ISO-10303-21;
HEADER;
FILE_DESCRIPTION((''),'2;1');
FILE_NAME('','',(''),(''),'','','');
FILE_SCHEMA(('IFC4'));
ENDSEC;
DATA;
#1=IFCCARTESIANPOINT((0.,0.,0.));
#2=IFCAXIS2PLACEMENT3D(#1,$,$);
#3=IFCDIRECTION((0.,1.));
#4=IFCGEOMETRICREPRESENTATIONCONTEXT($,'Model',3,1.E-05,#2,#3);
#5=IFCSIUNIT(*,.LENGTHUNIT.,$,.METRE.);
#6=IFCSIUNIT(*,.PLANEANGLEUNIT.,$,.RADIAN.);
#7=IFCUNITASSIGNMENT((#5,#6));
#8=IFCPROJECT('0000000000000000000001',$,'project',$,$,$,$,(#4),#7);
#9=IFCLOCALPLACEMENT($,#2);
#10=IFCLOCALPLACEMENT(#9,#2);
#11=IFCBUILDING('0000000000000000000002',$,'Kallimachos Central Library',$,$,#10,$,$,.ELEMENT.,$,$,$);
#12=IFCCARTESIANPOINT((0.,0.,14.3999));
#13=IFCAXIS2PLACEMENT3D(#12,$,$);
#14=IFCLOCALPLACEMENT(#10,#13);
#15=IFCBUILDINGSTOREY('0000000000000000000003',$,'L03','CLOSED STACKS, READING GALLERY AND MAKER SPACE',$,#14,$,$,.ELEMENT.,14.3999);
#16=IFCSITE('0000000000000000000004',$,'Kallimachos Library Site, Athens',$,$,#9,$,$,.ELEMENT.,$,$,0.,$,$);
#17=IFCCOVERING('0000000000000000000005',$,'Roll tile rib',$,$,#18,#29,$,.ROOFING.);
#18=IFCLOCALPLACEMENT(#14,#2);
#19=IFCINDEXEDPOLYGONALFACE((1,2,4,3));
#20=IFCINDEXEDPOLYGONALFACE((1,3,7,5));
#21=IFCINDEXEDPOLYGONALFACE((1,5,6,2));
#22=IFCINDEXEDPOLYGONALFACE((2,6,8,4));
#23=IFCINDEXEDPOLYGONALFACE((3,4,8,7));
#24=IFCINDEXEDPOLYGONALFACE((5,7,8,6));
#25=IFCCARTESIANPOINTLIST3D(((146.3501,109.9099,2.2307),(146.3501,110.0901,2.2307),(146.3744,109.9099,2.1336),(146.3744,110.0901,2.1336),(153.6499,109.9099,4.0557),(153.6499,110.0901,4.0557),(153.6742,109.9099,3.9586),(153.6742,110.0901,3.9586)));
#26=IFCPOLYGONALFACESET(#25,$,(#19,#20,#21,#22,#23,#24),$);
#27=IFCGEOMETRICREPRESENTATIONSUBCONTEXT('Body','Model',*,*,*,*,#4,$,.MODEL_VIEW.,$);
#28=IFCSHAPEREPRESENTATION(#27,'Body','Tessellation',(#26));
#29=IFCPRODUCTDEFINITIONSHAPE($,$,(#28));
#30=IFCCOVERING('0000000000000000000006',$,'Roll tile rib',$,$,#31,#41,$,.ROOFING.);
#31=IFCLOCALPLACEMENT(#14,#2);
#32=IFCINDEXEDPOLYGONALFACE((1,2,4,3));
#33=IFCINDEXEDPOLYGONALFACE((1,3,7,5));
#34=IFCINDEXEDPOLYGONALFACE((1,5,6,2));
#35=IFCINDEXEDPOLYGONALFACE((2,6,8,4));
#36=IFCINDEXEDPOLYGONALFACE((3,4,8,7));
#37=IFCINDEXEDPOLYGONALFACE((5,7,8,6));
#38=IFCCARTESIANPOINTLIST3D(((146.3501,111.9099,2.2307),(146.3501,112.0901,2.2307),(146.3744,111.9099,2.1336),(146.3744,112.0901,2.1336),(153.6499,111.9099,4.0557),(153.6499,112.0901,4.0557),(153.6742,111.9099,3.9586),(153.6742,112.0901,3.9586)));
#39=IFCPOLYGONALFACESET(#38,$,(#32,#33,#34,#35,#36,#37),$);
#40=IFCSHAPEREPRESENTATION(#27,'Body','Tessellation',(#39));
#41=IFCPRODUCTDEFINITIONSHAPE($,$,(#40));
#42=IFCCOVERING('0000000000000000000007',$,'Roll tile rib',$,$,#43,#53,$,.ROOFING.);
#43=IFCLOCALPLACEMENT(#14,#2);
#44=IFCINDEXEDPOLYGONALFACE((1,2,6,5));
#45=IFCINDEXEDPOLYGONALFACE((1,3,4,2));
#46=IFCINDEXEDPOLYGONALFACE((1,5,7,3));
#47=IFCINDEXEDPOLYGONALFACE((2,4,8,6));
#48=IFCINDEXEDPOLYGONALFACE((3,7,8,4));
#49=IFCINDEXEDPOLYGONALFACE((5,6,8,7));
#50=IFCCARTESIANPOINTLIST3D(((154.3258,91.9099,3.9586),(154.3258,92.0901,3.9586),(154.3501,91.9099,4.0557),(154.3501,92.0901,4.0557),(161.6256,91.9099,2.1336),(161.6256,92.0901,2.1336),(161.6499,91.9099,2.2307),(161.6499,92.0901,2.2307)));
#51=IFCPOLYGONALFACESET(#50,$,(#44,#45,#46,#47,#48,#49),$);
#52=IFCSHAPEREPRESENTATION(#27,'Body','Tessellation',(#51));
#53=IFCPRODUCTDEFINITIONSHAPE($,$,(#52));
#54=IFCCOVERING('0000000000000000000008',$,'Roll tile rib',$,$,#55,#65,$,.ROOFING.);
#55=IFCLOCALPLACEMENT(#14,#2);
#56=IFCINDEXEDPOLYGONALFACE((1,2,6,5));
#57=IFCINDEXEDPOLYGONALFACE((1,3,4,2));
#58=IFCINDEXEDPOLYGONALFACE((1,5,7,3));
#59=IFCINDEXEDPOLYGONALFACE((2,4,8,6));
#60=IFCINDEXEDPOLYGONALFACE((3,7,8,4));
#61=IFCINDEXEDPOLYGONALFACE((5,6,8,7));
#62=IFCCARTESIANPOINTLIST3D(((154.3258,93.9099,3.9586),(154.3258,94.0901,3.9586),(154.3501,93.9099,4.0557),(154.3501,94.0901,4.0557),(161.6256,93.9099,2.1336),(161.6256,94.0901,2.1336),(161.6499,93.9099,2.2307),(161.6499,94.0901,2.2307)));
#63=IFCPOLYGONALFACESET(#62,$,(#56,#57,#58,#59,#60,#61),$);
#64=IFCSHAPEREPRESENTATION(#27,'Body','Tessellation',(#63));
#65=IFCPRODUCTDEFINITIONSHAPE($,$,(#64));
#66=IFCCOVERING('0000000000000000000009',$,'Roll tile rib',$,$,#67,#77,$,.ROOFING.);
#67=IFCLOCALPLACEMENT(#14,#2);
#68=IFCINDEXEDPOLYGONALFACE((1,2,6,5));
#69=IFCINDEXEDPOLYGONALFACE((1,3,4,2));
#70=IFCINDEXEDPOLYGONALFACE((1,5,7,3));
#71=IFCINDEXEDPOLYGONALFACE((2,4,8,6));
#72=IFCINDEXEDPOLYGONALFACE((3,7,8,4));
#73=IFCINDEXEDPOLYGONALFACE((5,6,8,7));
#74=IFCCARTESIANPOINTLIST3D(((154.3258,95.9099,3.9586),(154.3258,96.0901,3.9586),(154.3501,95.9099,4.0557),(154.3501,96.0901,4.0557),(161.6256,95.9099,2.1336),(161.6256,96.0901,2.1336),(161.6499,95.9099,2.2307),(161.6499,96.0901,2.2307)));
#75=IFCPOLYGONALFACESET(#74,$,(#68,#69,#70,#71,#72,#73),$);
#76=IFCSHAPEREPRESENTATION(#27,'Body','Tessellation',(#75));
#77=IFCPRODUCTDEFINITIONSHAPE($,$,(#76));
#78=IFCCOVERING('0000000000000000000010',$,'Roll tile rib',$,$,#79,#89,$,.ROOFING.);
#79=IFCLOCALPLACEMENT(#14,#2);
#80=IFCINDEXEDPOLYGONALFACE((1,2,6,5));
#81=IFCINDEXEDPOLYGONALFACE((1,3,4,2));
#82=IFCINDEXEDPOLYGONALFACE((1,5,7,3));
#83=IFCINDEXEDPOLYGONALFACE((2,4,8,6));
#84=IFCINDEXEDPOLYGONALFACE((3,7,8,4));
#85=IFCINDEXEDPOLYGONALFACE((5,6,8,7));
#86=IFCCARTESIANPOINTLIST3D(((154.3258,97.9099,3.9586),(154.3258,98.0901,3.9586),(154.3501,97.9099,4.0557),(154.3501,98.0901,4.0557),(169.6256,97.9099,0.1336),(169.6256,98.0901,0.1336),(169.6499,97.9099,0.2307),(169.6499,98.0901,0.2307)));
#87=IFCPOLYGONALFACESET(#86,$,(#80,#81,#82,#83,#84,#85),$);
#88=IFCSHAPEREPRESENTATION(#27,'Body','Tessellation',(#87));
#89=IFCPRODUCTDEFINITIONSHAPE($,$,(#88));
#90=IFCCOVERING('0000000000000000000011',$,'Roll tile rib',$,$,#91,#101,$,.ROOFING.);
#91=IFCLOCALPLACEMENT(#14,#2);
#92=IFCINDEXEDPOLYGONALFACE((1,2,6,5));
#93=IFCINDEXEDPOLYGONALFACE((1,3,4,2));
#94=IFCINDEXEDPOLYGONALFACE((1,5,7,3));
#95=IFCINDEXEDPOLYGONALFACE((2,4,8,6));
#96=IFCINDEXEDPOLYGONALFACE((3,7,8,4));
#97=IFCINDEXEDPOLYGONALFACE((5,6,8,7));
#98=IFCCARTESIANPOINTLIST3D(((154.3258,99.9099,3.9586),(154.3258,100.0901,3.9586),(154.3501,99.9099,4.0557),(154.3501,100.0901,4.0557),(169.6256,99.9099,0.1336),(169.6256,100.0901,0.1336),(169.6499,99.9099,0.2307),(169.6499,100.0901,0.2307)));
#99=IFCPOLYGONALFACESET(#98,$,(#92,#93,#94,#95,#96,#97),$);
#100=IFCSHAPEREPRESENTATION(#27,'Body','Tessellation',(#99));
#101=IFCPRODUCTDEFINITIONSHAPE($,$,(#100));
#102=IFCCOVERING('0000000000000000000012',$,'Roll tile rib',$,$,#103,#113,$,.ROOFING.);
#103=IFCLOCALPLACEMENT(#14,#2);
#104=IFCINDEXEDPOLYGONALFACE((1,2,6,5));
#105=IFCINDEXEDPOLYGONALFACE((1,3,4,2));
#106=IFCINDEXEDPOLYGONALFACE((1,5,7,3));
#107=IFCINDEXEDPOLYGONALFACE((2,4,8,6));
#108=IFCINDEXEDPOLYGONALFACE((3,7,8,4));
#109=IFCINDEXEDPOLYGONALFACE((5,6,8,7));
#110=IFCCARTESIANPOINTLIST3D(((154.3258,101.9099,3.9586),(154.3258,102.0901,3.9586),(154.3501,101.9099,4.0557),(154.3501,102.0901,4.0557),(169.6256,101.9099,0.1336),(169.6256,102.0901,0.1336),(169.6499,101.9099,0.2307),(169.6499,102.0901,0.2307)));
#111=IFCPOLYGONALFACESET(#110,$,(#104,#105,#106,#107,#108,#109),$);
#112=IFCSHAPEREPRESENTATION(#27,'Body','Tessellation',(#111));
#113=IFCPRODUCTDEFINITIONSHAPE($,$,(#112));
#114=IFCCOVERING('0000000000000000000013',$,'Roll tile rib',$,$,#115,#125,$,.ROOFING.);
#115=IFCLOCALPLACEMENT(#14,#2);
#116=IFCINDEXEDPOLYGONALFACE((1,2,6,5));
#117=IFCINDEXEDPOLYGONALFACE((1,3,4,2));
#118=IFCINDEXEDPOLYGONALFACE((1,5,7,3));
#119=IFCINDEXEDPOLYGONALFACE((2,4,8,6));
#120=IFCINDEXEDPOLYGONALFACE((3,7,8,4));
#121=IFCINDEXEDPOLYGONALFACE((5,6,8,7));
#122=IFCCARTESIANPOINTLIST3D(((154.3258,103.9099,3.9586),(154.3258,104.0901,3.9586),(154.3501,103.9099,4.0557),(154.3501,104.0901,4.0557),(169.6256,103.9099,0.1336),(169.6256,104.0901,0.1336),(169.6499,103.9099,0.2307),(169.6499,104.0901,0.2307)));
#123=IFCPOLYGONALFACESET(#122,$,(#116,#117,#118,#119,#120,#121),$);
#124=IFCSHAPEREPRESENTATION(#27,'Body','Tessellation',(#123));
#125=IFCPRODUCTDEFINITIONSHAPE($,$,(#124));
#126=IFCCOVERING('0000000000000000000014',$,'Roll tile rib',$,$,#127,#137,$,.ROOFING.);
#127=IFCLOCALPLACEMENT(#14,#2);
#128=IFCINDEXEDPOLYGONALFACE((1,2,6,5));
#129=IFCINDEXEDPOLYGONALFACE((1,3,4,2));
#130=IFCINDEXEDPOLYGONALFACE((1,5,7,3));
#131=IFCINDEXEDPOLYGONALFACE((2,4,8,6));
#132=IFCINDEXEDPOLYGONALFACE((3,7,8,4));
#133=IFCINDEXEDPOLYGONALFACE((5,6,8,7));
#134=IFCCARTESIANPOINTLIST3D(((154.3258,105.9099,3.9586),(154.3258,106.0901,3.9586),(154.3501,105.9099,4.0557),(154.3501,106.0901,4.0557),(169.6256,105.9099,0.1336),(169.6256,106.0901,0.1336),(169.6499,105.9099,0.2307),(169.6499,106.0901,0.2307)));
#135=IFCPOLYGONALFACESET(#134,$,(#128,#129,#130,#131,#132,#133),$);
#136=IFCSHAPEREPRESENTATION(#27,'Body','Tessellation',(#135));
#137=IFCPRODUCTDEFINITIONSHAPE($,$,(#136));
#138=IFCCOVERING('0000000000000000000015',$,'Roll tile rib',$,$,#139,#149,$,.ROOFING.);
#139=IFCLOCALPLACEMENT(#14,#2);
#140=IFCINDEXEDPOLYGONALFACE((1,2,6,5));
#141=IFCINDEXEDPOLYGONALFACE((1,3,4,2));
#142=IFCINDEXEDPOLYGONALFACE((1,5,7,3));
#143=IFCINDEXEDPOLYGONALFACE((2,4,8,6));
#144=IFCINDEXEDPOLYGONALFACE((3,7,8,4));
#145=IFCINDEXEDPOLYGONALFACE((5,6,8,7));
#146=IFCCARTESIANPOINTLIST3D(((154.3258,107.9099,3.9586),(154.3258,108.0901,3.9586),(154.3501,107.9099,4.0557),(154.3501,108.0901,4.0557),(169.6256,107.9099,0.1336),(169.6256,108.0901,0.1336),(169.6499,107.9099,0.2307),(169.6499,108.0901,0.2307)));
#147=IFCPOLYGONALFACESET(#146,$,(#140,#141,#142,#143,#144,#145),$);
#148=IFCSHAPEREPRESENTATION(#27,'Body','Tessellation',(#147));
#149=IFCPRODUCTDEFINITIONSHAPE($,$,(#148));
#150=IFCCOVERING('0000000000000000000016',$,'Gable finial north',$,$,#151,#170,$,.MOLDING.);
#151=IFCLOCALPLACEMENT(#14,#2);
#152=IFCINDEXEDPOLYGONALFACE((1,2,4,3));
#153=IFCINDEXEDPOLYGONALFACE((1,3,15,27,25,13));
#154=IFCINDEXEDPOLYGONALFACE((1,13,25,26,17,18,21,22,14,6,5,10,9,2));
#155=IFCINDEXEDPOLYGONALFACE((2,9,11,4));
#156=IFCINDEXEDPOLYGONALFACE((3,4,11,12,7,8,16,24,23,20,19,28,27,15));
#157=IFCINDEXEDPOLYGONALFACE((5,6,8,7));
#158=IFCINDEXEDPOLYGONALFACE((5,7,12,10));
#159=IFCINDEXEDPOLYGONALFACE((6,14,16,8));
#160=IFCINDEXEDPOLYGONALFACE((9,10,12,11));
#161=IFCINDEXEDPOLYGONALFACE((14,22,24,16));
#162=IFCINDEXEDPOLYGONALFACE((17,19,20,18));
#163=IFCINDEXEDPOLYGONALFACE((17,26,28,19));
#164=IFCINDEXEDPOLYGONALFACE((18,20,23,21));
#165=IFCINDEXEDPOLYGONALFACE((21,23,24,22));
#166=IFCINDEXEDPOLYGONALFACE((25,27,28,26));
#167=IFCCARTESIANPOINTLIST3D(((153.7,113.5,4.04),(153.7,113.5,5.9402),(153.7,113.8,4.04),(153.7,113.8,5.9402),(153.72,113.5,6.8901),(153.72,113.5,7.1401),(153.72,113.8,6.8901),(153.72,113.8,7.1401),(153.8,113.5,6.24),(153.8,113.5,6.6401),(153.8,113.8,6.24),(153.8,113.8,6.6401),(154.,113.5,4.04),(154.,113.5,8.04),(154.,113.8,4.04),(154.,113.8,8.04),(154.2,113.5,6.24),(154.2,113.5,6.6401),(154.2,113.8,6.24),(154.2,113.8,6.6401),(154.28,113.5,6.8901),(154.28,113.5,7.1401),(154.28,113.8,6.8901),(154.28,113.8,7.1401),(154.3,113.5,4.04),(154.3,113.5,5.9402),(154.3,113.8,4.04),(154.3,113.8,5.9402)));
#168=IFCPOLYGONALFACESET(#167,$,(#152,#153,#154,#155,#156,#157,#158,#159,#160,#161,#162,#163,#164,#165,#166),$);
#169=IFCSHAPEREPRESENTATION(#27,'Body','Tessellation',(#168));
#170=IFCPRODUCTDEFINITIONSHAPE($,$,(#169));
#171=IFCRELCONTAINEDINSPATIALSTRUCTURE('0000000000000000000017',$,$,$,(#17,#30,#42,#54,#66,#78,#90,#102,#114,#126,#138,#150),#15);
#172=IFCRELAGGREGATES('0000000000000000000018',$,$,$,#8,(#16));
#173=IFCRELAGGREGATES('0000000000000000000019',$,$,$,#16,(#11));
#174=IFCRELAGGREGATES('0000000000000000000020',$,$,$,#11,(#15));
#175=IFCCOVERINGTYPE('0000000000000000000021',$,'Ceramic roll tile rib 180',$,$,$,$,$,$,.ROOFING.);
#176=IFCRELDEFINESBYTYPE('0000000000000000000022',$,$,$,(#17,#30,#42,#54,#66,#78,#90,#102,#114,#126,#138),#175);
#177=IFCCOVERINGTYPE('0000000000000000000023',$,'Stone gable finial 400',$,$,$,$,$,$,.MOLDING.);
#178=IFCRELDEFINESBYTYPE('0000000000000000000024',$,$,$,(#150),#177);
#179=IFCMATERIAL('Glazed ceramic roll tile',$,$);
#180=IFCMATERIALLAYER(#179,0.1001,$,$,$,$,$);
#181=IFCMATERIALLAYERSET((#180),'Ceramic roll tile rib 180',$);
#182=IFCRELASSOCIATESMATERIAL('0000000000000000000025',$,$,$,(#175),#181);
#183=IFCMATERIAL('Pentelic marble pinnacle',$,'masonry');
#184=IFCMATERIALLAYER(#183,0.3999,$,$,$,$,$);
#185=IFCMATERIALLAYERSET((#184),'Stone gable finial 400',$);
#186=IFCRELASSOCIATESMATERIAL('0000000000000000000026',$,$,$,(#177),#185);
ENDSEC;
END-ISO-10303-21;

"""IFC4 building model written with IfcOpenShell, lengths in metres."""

from ifc_helpers import new_model, si_unit, direction, frame, origin, place, context, subcontext, project, spatial, polyline, outline, extrude, material, layer, layer_set, type_object, element, save


model = new_model("IFC4")

# Units and contexts
model_context = context("Model", 3, precision=1e-05, world=origin(), true_north=direction((0.0, 1.0)))
body_context = subcontext(model_context, "Body", "Model", "MODEL_VIEW")
ifc_project = project(units=[si_unit("LENGTHUNIT", "METRE"), si_unit("PLANEANGLEUNIT", "RADIAN")], contexts=[model_context])

# Site, building, storey
site_placement = place(None, origin())
site = spatial("IfcSite", under=ifc_project, at=site_placement, Name="Kallimachos Library Site, Athens", CompositionType="ELEMENT", RefElevation=0.0)
building_placement = place(site_placement, origin())
building = spatial("IfcBuilding", under=site, at=building_placement, Name="Kallimachos Central Library", CompositionType="ELEMENT")
storey_placement = place(building_placement, frame((0.0, 0.0, 14.3999)))
storey = spatial("IfcBuildingStorey", under=building, at=storey_placement, Name="L03", Description="CLOSED STACKS, READING GALLERY AND MAKER SPACE", CompositionType="ELEMENT", Elevation=14.3999)

# Coverings
ifc_material_1 = material(Name="Glazed ceramic roll tile")
ifc_layer_1 = layer(ifc_material_1, 0.1001)
ifc_layer_set_1 = layer_set([ifc_layer_1], Name="Ceramic roll tile rib 180")
covering_type_1 = type_object("IfcCoveringType", Name="Ceramic roll tile rib 180", PredefinedType="ROOFING", material=ifc_layer_set_1)
for number, where, z_axis, x_axis, name in (
    (1, (146.3501, 109.9099, 2.2307), (-0.242536, 0.0, 0.970143), (0.970143, 0.0, 0.242536), "Roll tile rib"),
    (2, (146.3501, 111.9099, 2.2307), (-0.242536, 0.0, 0.970143), (0.970143, 0.0, 0.242536), "Roll tile rib"),
    (3, (154.3501, 91.9099, 4.0557), (0.242536, 0.0, 0.970143), (0.970143, 0.0, -0.242536), "Roll tile rib"),
    (4, (154.3501, 93.9099, 4.0557), (0.242536, 0.0, 0.970143), (0.970143, 0.0, -0.242536), "Roll tile rib"),
    (5, (154.3501, 95.9099, 4.0557), (0.242536, 0.0, 0.970143), (0.970143, 0.0, -0.242536), "Roll tile rib"),
):
    element("IfcCovering", number, at=place(storey_placement, frame(where, z_axis=z_axis, x_axis=x_axis)), inside=storey, type_object=covering_type_1, Name=name, PredefinedType="ROOFING", context=body_context, shape_type="SweptSolid", body=[
        extrude(outline(polyline([(0.0, 0.0), (7.5245, 0.0), (7.5245, 0.1802), (0.0, 0.1802), (0.0, 0.0)])), origin(), (0.0, 0.0, -1.0), 0.1001),
    ])
for number, where, z_axis, x_axis, name in (
    (6, (154.3501, 97.9099, 4.0557), (0.242536, 0.0, 0.970143), (0.970143, 0.0, -0.242536), "Roll tile rib"),
    (7, (154.3501, 99.9099, 4.0557), (0.242536, 0.0, 0.970143), (0.970143, 0.0, -0.242536), "Roll tile rib"),
    (8, (154.3501, 101.9099, 4.0557), (0.242536, 0.0, 0.970143), (0.970143, 0.0, -0.242536), "Roll tile rib"),
    (9, (154.3501, 103.9099, 4.0557), (0.242536, 0.0, 0.970143), (0.970143, 0.0, -0.242536), "Roll tile rib"),
    (10, (154.3501, 105.9099, 4.0557), (0.242536, 0.0, 0.970143), (0.970143, 0.0, -0.242536), "Roll tile rib"),
    (11, (154.3501, 107.9099, 4.0557), (0.242536, 0.0, 0.970143), (0.970143, 0.0, -0.242536), "Roll tile rib"),
):
    element("IfcCovering", number, at=place(storey_placement, frame(where, z_axis=z_axis, x_axis=x_axis)), inside=storey, type_object=covering_type_1, Name=name, PredefinedType="ROOFING", context=body_context, shape_type="SweptSolid", body=[
        extrude(outline(polyline([(0.0, 0.0), (15.7707, 0.0), (15.7707, 0.1802), (0.0, 0.1802), (0.0, 0.0)])), origin(), (0.0, 0.0, -1.0), 0.1001),
    ])
ifc_material_2 = material(Name="Pentelic marble pinnacle", Category="masonry")
ifc_layer_2 = layer(ifc_material_2, 0.3999)
ifc_layer_set_2 = layer_set([ifc_layer_2], Name="Stone gable finial 400")
covering_type_2 = type_object("IfcCoveringType", Name="Stone gable finial 400", PredefinedType="MOLDING", material=ifc_layer_set_2)
covering_1_placement = place(storey_placement, frame((153.7, 113.8, 4.04), z_axis=(0.0, 1.0, 0.0), x_axis=(0.0, 0.0, 1.0)))
element("IfcCovering", 12, at=covering_1_placement, inside=storey, type_object=covering_type_2, Name="Gable finial north", PredefinedType="MOLDING", context=body_context, shape_type="SweptSolid", body=[
    extrude(outline(polyline([(0.0, 0.0), (1.9001, 0.0), (2.2, 0.1001), (2.6001, 0.1001), (2.8501, 0.02), (3.1001, 0.02), (4.0, 0.3), (3.1001, 0.5801), (2.8501, 0.5801), (2.6001, 0.5), (2.2, 0.5), (1.9001, 0.6001), (0.0, 0.6001), (0.0, 0.3), (0.0, 0.0)])), origin(), (0.0, 0.0, -1.0), 0.3),
])

save(model, "model.ifc")
